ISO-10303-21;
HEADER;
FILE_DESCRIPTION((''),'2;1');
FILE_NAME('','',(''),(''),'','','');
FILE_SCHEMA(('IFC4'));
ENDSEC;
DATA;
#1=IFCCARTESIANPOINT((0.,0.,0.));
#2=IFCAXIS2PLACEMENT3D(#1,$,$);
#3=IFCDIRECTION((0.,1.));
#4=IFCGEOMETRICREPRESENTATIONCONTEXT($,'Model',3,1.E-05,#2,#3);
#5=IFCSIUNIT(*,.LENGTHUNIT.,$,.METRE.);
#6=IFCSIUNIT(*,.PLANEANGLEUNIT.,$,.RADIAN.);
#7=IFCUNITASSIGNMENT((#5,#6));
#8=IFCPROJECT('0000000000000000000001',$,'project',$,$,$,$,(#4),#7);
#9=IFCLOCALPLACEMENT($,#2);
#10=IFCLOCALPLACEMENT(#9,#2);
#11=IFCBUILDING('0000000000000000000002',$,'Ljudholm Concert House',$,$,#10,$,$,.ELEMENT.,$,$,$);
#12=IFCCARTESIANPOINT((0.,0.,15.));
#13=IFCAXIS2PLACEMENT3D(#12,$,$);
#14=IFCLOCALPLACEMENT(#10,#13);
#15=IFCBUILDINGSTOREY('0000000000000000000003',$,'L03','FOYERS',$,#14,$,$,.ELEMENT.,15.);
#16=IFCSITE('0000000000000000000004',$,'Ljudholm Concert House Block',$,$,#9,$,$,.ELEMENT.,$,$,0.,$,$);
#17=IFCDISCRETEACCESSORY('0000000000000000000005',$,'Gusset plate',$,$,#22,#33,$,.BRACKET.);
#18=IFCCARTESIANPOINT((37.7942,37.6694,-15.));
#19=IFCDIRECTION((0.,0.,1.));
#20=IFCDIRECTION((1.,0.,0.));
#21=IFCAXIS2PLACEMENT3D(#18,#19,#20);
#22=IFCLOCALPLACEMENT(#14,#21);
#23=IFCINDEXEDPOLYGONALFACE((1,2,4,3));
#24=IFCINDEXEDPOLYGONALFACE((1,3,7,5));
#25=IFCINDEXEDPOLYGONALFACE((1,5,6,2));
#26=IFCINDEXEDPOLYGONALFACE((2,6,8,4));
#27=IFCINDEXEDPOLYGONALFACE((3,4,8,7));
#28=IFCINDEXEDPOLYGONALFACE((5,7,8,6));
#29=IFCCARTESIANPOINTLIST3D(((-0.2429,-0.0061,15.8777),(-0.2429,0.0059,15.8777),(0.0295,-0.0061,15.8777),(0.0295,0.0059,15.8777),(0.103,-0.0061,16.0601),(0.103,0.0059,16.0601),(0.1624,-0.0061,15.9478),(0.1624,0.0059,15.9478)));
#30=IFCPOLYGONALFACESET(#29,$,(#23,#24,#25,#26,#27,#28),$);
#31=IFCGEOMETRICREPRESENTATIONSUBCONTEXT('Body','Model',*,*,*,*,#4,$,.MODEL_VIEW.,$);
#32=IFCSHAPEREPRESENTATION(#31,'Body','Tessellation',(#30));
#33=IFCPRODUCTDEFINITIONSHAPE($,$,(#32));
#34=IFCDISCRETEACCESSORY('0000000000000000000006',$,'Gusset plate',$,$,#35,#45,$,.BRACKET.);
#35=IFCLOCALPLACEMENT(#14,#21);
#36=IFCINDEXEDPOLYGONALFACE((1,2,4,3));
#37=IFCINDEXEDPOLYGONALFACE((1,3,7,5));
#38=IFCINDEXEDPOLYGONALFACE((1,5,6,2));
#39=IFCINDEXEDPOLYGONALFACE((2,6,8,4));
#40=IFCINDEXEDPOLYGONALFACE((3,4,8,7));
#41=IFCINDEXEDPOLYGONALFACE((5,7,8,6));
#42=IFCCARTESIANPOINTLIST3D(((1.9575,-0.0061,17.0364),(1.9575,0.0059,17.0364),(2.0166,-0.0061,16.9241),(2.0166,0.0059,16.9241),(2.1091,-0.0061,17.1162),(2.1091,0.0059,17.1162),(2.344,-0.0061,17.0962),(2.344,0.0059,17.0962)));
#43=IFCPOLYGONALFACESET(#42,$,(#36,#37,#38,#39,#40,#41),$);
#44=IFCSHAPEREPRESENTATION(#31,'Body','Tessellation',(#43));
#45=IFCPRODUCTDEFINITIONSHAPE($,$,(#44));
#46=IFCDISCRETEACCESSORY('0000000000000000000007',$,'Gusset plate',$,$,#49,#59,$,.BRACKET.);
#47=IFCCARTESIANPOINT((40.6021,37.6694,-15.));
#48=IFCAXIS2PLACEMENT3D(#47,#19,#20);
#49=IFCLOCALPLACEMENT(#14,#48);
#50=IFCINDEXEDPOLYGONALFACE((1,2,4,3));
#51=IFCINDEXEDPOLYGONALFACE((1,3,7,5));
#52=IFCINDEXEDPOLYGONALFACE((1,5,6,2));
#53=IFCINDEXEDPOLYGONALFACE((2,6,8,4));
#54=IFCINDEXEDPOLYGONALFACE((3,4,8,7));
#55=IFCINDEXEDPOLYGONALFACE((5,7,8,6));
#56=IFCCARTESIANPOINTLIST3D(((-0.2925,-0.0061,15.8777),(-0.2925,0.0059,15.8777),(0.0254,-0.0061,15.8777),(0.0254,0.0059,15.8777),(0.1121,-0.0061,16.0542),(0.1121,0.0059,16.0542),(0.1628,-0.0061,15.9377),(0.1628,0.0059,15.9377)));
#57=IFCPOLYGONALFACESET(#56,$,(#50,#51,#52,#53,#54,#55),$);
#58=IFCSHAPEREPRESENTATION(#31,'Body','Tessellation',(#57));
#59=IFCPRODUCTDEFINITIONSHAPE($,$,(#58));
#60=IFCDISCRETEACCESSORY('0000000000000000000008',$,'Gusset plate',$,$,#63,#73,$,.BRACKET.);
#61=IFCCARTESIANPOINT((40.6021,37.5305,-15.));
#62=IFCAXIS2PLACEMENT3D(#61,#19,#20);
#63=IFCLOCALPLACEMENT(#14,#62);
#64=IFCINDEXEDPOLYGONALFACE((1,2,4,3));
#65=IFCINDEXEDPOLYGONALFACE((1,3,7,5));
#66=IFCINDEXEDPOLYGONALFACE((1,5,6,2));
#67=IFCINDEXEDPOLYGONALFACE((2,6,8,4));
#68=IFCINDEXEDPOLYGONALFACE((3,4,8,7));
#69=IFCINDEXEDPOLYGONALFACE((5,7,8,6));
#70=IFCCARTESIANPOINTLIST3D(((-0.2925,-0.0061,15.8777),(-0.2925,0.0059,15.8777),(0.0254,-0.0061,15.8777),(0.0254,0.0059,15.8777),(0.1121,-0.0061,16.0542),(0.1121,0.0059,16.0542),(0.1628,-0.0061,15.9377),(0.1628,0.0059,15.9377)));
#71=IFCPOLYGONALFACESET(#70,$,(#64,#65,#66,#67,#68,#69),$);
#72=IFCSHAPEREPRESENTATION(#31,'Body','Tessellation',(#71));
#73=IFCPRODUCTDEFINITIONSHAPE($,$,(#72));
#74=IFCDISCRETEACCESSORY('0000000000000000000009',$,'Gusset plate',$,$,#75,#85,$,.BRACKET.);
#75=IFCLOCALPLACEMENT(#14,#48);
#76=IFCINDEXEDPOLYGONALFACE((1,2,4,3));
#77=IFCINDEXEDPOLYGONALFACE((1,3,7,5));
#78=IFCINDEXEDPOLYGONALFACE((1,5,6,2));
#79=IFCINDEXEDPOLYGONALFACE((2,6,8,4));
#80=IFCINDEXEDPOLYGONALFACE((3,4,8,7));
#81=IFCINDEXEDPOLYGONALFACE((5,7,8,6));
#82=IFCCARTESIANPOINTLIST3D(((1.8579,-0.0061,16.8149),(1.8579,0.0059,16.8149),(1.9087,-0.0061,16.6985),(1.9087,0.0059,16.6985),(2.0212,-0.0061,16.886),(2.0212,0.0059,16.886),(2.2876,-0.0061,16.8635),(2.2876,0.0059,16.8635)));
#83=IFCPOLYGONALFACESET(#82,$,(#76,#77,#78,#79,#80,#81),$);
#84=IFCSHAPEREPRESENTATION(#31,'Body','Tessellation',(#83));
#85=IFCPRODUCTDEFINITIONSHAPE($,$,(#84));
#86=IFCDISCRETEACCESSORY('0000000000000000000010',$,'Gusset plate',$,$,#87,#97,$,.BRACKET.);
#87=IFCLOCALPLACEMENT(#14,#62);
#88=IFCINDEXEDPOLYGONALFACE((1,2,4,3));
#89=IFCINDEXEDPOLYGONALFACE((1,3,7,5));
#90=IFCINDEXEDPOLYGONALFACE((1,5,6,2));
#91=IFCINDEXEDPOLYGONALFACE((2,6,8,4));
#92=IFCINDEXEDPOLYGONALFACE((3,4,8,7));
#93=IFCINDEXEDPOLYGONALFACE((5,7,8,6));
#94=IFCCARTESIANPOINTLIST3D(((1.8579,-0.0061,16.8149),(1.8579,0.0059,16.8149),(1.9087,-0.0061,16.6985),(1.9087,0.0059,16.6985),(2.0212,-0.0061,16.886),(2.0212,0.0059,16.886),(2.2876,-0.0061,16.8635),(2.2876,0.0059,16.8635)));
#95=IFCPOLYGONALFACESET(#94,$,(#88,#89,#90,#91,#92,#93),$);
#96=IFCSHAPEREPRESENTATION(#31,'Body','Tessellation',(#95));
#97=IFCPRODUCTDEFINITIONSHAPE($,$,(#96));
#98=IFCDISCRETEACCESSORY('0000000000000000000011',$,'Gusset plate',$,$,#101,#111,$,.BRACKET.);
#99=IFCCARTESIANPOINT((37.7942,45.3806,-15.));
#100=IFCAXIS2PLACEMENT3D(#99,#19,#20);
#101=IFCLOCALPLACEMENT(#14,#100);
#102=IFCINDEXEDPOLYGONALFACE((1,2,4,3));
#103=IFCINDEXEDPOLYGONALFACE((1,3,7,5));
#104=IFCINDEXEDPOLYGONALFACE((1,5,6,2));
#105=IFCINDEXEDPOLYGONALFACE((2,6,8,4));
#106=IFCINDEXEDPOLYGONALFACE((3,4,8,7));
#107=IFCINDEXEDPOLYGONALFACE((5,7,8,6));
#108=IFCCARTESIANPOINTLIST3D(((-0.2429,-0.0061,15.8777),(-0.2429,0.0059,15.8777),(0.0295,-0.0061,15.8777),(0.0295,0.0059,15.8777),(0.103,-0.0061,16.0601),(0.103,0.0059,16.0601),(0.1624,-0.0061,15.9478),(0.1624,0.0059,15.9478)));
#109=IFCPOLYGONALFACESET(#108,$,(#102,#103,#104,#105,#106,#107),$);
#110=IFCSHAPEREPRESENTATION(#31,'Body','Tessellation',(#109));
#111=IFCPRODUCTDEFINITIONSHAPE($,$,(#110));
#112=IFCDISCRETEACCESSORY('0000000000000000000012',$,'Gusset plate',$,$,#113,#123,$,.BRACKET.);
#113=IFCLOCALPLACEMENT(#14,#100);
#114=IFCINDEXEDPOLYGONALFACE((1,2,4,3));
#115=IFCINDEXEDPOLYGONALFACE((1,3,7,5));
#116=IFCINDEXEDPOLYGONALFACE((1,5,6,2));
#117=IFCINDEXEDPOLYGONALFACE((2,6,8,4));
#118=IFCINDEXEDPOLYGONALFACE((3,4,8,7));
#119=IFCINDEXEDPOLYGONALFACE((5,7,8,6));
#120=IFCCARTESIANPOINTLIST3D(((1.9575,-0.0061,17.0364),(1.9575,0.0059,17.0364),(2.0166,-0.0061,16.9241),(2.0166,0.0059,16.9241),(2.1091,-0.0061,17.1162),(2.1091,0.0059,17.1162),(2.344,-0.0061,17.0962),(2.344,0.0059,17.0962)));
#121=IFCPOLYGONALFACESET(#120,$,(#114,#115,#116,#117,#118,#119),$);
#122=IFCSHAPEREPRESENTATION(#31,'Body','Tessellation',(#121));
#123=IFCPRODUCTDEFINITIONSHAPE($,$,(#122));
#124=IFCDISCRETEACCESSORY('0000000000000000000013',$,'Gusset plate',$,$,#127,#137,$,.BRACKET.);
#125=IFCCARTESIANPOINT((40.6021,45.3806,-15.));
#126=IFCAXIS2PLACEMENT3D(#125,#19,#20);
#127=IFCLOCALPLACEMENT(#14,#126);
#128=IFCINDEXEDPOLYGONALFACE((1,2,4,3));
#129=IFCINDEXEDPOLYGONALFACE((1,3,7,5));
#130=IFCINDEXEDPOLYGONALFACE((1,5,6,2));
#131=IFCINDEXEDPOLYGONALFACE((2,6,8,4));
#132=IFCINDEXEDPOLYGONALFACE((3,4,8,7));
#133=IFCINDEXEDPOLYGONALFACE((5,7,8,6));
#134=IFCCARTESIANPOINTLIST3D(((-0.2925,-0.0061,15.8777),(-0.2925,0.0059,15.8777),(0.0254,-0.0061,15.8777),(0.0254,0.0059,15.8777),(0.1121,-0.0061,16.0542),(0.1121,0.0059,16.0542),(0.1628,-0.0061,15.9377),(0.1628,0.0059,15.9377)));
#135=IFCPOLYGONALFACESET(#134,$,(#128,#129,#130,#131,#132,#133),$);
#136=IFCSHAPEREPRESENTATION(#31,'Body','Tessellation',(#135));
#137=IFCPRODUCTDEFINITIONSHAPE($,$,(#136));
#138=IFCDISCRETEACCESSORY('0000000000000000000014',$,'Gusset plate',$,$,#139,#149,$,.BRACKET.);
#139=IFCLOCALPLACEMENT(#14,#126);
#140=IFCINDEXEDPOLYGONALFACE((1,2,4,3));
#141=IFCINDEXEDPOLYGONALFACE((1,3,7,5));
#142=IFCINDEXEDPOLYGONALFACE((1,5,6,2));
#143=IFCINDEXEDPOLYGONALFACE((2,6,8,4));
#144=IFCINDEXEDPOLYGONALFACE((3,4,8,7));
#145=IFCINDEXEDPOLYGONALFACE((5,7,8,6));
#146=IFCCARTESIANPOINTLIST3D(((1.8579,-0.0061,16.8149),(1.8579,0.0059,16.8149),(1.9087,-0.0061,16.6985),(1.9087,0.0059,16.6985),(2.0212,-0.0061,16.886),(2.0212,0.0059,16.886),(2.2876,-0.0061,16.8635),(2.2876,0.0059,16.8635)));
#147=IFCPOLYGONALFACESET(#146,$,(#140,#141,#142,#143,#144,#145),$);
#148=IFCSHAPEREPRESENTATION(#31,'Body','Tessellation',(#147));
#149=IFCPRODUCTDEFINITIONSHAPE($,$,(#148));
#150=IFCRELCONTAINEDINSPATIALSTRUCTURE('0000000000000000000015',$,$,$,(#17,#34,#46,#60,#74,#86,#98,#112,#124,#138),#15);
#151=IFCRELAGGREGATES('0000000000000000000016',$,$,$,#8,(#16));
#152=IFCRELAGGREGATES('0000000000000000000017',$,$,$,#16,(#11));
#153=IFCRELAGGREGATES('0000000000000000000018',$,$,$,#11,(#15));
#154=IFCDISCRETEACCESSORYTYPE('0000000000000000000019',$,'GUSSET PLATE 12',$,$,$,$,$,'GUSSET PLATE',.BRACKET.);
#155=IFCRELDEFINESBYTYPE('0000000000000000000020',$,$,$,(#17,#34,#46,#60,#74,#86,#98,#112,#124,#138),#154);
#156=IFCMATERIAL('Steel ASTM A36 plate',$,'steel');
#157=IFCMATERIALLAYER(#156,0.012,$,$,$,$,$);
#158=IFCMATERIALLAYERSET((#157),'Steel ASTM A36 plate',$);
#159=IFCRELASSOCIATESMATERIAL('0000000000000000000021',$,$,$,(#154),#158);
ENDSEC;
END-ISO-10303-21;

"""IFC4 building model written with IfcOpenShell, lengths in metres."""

from ifc_helpers import new_model, si_unit, direction, frame, origin, place, context, subcontext, project, spatial, polyline, outline, extrude, material, layer, layer_set, type_object, element, save


model = new_model("IFC4")

# Units and contexts
model_context = context("Model", 3, precision=1e-05, world=origin(), true_north=direction((0.0, 1.0)))
body_context = subcontext(model_context, "Body", "Model", "MODEL_VIEW")
ifc_project = project(units=[si_unit("LENGTHUNIT", "METRE"), si_unit("PLANEANGLEUNIT", "RADIAN")], contexts=[model_context])

# Site, building, storey
site_placement = place(None, origin())
site = spatial("IfcSite", under=ifc_project, at=site_placement, Name="Ljudholm Concert House Block", CompositionType="ELEMENT", RefElevation=0.0)
building_placement = place(site_placement, origin())
building = spatial("IfcBuilding", under=site, at=building_placement, Name="Ljudholm Concert House", CompositionType="ELEMENT")
storey_placement = place(building_placement, frame((0.0, 0.0, 15.0)))
storey = spatial("IfcBuildingStorey", under=building, at=storey_placement, Name="L03", Description="FOYERS", CompositionType="ELEMENT", Elevation=15.0)

# Discrete accessories
ifc_material_1 = material(Name="Steel ASTM A36 plate", Category="steel")
ifc_layer_1 = layer(ifc_material_1, 0.012)
ifc_layer_set_1 = layer_set([ifc_layer_1], Name="Steel ASTM A36 plate")
discrete_accessory_type_1 = type_object("IfcDiscreteAccessoryType", Name="GUSSET PLATE 12", ElementType="GUSSET PLATE", PredefinedType="BRACKET", material=ifc_layer_set_1)
discrete_accessory_1_placement = place(storey_placement, frame((37.7942, 37.6694, -15.0), z_axis=(0.0, 0.0, 1.0), x_axis=(1.0, 0.0, 0.0)))
element("IfcDiscreteAccessory", 1, at=discrete_accessory_1_placement, inside=storey, type_object=discrete_accessory_type_1, Name="Gusset plate", PredefinedType="BRACKET", context=body_context, shape_type="SweptSolid", body=[
    extrude(outline(polyline([(0.1624, 15.9478), (0.0295, 15.8777), (-0.2429, 15.8777), (0.103, 16.0601), (0.1624, 15.9478)])), frame((0.0, 0.0059, 0.0), z_axis=(0.0, -1.0, 0.0), x_axis=(1.0, 0.0, 0.0)), (0.0, 0.0, 1.0), 0.012),
])
discrete_accessory_2_placement = place(storey_placement, frame((37.7942, 37.6694, -15.0), z_axis=(0.0, 0.0, 1.0), x_axis=(1.0, 0.0, 0.0)))
element("IfcDiscreteAccessory", 2, at=discrete_accessory_2_placement, inside=storey, type_object=discrete_accessory_type_1, Name="Gusset plate", PredefinedType="BRACKET", context=body_context, shape_type="SweptSolid", body=[
    extrude(outline(polyline([(1.9575, 17.0364), (2.1091, 17.1162), (2.344, 17.0962), (2.0166, 16.9241), (1.9575, 17.0364)])), frame((0.0, 0.0059, 0.0), z_axis=(0.0, -1.0, 0.0), x_axis=(1.0, 0.0, 0.0)), (0.0, 0.0, 1.0), 0.012),
])
for number, where, z_axis, x_axis, name in (
    (3, (40.6021, 37.6694, -15.0), (0.0, 0.0, 1.0), (1.0, 0.0, 0.0), "Gusset plate"),
    (4, (40.6021, 37.5305, -15.0), (0.0, 0.0, 1.0), (1.0, 0.0, 0.0), "Gusset plate"),
):
    element("IfcDiscreteAccessory", number, at=place(storey_placement, frame(where, z_axis=z_axis, x_axis=x_axis)), inside=storey, type_object=discrete_accessory_type_1, Name=name, PredefinedType="BRACKET", context=body_context, shape_type="SweptSolid", body=[
        extrude(outline(polyline([(0.1628, 15.9377), (0.0254, 15.8777), (-0.2925, 15.8777), (0.1121, 16.0542), (0.1628, 15.9377)])), frame((0.0, 0.0059, 0.0), z_axis=(0.0, -1.0, 0.0), x_axis=(1.0, 0.0, 0.0)), (0.0, 0.0, 1.0), 0.012),
    ])
for number, where, z_axis, x_axis, name in (
    (5, (40.6021, 37.6694, -15.0), (0.0, 0.0, 1.0), (1.0, 0.0, 0.0), "Gusset plate"),
    (6, (40.6021, 37.5305, -15.0), (0.0, 0.0, 1.0), (1.0, 0.0, 0.0), "Gusset plate"),
):
    element("IfcDiscreteAccessory", number, at=place(storey_placement, frame(where, z_axis=z_axis, x_axis=x_axis)), inside=storey, type_object=discrete_accessory_type_1, Name=name, PredefinedType="BRACKET", context=body_context, shape_type="SweptSolid", body=[
        extrude(outline(polyline([(1.8579, 16.8149), (2.0212, 16.886), (2.2876, 16.8635), (1.9087, 16.6985), (1.8579, 16.8149)])), frame((0.0, 0.0059, 0.0), z_axis=(0.0, -1.0, 0.0), x_axis=(1.0, 0.0, 0.0)), (0.0, 0.0, 1.0), 0.012),
    ])
discrete_accessory_3_placement = place(storey_placement, frame((37.7942, 45.3806, -15.0), z_axis=(0.0, 0.0, 1.0), x_axis=(1.0, 0.0, 0.0)))
element("IfcDiscreteAccessory", 7, at=discrete_accessory_3_placement, inside=storey, type_object=discrete_accessory_type_1, Name="Gusset plate", PredefinedType="BRACKET", context=body_context, shape_type="SweptSolid", body=[
    extrude(outline(polyline([(0.1624, 15.9478), (0.0295, 15.8777), (-0.2429, 15.8777), (0.103, 16.0601), (0.1624, 15.9478)])), frame((0.0, 0.0059, 0.0), z_axis=(0.0, -1.0, 0.0), x_axis=(1.0, 0.0, 0.0)), (0.0, 0.0, 1.0), 0.012),
])
discrete_accessory_4_placement = place(storey_placement, frame((37.7942, 45.3806, -15.0), z_axis=(0.0, 0.0, 1.0), x_axis=(1.0, 0.0, 0.0)))
element("IfcDiscreteAccessory", 8, at=discrete_accessory_4_placement, inside=storey, type_object=discrete_accessory_type_1, Name="Gusset plate", PredefinedType="BRACKET", context=body_context, shape_type="SweptSolid", body=[
    extrude(outline(polyline([(1.9575, 17.0364), (2.1091, 17.1162), (2.344, 17.0962), (2.0166, 16.9241), (1.9575, 17.0364)])), frame((0.0, 0.0059, 0.0), z_axis=(0.0, -1.0, 0.0), x_axis=(1.0, 0.0, 0.0)), (0.0, 0.0, 1.0), 0.012),
])
discrete_accessory_5_placement = place(storey_placement, frame((40.6021, 45.3806, -15.0), z_axis=(0.0, 0.0, 1.0), x_axis=(1.0, 0.0, 0.0)))
element("IfcDiscreteAccessory", 9, at=discrete_accessory_5_placement, inside=storey, type_object=discrete_accessory_type_1, Name="Gusset plate", PredefinedType="BRACKET", context=body_context, shape_type="SweptSolid", body=[
    extrude(outline(polyline([(0.1628, 15.9377), (0.0254, 15.8777), (-0.2925, 15.8777), (0.1121, 16.0542), (0.1628, 15.9377)])), frame((0.0, 0.0059, 0.0), z_axis=(0.0, -1.0, 0.0), x_axis=(1.0, 0.0, 0.0)), (0.0, 0.0, 1.0), 0.012),
])
discrete_accessory_6_placement = place(storey_placement, frame((40.6021, 45.3806, -15.0), z_axis=(0.0, 0.0, 1.0), x_axis=(1.0, 0.0, 0.0)))
element("IfcDiscreteAccessory", 10, at=discrete_accessory_6_placement, inside=storey, type_object=discrete_accessory_type_1, Name="Gusset plate", PredefinedType="BRACKET", context=body_context, shape_type="SweptSolid", body=[
    extrude(outline(polyline([(1.8579, 16.8149), (2.0212, 16.886), (2.2876, 16.8635), (1.9087, 16.6985), (1.8579, 16.8149)])), frame((0.0, 0.0059, 0.0), z_axis=(0.0, -1.0, 0.0), x_axis=(1.0, 0.0, 0.0)), (0.0, 0.0, 1.0), 0.012),
])

save(model, "model.ifc")
